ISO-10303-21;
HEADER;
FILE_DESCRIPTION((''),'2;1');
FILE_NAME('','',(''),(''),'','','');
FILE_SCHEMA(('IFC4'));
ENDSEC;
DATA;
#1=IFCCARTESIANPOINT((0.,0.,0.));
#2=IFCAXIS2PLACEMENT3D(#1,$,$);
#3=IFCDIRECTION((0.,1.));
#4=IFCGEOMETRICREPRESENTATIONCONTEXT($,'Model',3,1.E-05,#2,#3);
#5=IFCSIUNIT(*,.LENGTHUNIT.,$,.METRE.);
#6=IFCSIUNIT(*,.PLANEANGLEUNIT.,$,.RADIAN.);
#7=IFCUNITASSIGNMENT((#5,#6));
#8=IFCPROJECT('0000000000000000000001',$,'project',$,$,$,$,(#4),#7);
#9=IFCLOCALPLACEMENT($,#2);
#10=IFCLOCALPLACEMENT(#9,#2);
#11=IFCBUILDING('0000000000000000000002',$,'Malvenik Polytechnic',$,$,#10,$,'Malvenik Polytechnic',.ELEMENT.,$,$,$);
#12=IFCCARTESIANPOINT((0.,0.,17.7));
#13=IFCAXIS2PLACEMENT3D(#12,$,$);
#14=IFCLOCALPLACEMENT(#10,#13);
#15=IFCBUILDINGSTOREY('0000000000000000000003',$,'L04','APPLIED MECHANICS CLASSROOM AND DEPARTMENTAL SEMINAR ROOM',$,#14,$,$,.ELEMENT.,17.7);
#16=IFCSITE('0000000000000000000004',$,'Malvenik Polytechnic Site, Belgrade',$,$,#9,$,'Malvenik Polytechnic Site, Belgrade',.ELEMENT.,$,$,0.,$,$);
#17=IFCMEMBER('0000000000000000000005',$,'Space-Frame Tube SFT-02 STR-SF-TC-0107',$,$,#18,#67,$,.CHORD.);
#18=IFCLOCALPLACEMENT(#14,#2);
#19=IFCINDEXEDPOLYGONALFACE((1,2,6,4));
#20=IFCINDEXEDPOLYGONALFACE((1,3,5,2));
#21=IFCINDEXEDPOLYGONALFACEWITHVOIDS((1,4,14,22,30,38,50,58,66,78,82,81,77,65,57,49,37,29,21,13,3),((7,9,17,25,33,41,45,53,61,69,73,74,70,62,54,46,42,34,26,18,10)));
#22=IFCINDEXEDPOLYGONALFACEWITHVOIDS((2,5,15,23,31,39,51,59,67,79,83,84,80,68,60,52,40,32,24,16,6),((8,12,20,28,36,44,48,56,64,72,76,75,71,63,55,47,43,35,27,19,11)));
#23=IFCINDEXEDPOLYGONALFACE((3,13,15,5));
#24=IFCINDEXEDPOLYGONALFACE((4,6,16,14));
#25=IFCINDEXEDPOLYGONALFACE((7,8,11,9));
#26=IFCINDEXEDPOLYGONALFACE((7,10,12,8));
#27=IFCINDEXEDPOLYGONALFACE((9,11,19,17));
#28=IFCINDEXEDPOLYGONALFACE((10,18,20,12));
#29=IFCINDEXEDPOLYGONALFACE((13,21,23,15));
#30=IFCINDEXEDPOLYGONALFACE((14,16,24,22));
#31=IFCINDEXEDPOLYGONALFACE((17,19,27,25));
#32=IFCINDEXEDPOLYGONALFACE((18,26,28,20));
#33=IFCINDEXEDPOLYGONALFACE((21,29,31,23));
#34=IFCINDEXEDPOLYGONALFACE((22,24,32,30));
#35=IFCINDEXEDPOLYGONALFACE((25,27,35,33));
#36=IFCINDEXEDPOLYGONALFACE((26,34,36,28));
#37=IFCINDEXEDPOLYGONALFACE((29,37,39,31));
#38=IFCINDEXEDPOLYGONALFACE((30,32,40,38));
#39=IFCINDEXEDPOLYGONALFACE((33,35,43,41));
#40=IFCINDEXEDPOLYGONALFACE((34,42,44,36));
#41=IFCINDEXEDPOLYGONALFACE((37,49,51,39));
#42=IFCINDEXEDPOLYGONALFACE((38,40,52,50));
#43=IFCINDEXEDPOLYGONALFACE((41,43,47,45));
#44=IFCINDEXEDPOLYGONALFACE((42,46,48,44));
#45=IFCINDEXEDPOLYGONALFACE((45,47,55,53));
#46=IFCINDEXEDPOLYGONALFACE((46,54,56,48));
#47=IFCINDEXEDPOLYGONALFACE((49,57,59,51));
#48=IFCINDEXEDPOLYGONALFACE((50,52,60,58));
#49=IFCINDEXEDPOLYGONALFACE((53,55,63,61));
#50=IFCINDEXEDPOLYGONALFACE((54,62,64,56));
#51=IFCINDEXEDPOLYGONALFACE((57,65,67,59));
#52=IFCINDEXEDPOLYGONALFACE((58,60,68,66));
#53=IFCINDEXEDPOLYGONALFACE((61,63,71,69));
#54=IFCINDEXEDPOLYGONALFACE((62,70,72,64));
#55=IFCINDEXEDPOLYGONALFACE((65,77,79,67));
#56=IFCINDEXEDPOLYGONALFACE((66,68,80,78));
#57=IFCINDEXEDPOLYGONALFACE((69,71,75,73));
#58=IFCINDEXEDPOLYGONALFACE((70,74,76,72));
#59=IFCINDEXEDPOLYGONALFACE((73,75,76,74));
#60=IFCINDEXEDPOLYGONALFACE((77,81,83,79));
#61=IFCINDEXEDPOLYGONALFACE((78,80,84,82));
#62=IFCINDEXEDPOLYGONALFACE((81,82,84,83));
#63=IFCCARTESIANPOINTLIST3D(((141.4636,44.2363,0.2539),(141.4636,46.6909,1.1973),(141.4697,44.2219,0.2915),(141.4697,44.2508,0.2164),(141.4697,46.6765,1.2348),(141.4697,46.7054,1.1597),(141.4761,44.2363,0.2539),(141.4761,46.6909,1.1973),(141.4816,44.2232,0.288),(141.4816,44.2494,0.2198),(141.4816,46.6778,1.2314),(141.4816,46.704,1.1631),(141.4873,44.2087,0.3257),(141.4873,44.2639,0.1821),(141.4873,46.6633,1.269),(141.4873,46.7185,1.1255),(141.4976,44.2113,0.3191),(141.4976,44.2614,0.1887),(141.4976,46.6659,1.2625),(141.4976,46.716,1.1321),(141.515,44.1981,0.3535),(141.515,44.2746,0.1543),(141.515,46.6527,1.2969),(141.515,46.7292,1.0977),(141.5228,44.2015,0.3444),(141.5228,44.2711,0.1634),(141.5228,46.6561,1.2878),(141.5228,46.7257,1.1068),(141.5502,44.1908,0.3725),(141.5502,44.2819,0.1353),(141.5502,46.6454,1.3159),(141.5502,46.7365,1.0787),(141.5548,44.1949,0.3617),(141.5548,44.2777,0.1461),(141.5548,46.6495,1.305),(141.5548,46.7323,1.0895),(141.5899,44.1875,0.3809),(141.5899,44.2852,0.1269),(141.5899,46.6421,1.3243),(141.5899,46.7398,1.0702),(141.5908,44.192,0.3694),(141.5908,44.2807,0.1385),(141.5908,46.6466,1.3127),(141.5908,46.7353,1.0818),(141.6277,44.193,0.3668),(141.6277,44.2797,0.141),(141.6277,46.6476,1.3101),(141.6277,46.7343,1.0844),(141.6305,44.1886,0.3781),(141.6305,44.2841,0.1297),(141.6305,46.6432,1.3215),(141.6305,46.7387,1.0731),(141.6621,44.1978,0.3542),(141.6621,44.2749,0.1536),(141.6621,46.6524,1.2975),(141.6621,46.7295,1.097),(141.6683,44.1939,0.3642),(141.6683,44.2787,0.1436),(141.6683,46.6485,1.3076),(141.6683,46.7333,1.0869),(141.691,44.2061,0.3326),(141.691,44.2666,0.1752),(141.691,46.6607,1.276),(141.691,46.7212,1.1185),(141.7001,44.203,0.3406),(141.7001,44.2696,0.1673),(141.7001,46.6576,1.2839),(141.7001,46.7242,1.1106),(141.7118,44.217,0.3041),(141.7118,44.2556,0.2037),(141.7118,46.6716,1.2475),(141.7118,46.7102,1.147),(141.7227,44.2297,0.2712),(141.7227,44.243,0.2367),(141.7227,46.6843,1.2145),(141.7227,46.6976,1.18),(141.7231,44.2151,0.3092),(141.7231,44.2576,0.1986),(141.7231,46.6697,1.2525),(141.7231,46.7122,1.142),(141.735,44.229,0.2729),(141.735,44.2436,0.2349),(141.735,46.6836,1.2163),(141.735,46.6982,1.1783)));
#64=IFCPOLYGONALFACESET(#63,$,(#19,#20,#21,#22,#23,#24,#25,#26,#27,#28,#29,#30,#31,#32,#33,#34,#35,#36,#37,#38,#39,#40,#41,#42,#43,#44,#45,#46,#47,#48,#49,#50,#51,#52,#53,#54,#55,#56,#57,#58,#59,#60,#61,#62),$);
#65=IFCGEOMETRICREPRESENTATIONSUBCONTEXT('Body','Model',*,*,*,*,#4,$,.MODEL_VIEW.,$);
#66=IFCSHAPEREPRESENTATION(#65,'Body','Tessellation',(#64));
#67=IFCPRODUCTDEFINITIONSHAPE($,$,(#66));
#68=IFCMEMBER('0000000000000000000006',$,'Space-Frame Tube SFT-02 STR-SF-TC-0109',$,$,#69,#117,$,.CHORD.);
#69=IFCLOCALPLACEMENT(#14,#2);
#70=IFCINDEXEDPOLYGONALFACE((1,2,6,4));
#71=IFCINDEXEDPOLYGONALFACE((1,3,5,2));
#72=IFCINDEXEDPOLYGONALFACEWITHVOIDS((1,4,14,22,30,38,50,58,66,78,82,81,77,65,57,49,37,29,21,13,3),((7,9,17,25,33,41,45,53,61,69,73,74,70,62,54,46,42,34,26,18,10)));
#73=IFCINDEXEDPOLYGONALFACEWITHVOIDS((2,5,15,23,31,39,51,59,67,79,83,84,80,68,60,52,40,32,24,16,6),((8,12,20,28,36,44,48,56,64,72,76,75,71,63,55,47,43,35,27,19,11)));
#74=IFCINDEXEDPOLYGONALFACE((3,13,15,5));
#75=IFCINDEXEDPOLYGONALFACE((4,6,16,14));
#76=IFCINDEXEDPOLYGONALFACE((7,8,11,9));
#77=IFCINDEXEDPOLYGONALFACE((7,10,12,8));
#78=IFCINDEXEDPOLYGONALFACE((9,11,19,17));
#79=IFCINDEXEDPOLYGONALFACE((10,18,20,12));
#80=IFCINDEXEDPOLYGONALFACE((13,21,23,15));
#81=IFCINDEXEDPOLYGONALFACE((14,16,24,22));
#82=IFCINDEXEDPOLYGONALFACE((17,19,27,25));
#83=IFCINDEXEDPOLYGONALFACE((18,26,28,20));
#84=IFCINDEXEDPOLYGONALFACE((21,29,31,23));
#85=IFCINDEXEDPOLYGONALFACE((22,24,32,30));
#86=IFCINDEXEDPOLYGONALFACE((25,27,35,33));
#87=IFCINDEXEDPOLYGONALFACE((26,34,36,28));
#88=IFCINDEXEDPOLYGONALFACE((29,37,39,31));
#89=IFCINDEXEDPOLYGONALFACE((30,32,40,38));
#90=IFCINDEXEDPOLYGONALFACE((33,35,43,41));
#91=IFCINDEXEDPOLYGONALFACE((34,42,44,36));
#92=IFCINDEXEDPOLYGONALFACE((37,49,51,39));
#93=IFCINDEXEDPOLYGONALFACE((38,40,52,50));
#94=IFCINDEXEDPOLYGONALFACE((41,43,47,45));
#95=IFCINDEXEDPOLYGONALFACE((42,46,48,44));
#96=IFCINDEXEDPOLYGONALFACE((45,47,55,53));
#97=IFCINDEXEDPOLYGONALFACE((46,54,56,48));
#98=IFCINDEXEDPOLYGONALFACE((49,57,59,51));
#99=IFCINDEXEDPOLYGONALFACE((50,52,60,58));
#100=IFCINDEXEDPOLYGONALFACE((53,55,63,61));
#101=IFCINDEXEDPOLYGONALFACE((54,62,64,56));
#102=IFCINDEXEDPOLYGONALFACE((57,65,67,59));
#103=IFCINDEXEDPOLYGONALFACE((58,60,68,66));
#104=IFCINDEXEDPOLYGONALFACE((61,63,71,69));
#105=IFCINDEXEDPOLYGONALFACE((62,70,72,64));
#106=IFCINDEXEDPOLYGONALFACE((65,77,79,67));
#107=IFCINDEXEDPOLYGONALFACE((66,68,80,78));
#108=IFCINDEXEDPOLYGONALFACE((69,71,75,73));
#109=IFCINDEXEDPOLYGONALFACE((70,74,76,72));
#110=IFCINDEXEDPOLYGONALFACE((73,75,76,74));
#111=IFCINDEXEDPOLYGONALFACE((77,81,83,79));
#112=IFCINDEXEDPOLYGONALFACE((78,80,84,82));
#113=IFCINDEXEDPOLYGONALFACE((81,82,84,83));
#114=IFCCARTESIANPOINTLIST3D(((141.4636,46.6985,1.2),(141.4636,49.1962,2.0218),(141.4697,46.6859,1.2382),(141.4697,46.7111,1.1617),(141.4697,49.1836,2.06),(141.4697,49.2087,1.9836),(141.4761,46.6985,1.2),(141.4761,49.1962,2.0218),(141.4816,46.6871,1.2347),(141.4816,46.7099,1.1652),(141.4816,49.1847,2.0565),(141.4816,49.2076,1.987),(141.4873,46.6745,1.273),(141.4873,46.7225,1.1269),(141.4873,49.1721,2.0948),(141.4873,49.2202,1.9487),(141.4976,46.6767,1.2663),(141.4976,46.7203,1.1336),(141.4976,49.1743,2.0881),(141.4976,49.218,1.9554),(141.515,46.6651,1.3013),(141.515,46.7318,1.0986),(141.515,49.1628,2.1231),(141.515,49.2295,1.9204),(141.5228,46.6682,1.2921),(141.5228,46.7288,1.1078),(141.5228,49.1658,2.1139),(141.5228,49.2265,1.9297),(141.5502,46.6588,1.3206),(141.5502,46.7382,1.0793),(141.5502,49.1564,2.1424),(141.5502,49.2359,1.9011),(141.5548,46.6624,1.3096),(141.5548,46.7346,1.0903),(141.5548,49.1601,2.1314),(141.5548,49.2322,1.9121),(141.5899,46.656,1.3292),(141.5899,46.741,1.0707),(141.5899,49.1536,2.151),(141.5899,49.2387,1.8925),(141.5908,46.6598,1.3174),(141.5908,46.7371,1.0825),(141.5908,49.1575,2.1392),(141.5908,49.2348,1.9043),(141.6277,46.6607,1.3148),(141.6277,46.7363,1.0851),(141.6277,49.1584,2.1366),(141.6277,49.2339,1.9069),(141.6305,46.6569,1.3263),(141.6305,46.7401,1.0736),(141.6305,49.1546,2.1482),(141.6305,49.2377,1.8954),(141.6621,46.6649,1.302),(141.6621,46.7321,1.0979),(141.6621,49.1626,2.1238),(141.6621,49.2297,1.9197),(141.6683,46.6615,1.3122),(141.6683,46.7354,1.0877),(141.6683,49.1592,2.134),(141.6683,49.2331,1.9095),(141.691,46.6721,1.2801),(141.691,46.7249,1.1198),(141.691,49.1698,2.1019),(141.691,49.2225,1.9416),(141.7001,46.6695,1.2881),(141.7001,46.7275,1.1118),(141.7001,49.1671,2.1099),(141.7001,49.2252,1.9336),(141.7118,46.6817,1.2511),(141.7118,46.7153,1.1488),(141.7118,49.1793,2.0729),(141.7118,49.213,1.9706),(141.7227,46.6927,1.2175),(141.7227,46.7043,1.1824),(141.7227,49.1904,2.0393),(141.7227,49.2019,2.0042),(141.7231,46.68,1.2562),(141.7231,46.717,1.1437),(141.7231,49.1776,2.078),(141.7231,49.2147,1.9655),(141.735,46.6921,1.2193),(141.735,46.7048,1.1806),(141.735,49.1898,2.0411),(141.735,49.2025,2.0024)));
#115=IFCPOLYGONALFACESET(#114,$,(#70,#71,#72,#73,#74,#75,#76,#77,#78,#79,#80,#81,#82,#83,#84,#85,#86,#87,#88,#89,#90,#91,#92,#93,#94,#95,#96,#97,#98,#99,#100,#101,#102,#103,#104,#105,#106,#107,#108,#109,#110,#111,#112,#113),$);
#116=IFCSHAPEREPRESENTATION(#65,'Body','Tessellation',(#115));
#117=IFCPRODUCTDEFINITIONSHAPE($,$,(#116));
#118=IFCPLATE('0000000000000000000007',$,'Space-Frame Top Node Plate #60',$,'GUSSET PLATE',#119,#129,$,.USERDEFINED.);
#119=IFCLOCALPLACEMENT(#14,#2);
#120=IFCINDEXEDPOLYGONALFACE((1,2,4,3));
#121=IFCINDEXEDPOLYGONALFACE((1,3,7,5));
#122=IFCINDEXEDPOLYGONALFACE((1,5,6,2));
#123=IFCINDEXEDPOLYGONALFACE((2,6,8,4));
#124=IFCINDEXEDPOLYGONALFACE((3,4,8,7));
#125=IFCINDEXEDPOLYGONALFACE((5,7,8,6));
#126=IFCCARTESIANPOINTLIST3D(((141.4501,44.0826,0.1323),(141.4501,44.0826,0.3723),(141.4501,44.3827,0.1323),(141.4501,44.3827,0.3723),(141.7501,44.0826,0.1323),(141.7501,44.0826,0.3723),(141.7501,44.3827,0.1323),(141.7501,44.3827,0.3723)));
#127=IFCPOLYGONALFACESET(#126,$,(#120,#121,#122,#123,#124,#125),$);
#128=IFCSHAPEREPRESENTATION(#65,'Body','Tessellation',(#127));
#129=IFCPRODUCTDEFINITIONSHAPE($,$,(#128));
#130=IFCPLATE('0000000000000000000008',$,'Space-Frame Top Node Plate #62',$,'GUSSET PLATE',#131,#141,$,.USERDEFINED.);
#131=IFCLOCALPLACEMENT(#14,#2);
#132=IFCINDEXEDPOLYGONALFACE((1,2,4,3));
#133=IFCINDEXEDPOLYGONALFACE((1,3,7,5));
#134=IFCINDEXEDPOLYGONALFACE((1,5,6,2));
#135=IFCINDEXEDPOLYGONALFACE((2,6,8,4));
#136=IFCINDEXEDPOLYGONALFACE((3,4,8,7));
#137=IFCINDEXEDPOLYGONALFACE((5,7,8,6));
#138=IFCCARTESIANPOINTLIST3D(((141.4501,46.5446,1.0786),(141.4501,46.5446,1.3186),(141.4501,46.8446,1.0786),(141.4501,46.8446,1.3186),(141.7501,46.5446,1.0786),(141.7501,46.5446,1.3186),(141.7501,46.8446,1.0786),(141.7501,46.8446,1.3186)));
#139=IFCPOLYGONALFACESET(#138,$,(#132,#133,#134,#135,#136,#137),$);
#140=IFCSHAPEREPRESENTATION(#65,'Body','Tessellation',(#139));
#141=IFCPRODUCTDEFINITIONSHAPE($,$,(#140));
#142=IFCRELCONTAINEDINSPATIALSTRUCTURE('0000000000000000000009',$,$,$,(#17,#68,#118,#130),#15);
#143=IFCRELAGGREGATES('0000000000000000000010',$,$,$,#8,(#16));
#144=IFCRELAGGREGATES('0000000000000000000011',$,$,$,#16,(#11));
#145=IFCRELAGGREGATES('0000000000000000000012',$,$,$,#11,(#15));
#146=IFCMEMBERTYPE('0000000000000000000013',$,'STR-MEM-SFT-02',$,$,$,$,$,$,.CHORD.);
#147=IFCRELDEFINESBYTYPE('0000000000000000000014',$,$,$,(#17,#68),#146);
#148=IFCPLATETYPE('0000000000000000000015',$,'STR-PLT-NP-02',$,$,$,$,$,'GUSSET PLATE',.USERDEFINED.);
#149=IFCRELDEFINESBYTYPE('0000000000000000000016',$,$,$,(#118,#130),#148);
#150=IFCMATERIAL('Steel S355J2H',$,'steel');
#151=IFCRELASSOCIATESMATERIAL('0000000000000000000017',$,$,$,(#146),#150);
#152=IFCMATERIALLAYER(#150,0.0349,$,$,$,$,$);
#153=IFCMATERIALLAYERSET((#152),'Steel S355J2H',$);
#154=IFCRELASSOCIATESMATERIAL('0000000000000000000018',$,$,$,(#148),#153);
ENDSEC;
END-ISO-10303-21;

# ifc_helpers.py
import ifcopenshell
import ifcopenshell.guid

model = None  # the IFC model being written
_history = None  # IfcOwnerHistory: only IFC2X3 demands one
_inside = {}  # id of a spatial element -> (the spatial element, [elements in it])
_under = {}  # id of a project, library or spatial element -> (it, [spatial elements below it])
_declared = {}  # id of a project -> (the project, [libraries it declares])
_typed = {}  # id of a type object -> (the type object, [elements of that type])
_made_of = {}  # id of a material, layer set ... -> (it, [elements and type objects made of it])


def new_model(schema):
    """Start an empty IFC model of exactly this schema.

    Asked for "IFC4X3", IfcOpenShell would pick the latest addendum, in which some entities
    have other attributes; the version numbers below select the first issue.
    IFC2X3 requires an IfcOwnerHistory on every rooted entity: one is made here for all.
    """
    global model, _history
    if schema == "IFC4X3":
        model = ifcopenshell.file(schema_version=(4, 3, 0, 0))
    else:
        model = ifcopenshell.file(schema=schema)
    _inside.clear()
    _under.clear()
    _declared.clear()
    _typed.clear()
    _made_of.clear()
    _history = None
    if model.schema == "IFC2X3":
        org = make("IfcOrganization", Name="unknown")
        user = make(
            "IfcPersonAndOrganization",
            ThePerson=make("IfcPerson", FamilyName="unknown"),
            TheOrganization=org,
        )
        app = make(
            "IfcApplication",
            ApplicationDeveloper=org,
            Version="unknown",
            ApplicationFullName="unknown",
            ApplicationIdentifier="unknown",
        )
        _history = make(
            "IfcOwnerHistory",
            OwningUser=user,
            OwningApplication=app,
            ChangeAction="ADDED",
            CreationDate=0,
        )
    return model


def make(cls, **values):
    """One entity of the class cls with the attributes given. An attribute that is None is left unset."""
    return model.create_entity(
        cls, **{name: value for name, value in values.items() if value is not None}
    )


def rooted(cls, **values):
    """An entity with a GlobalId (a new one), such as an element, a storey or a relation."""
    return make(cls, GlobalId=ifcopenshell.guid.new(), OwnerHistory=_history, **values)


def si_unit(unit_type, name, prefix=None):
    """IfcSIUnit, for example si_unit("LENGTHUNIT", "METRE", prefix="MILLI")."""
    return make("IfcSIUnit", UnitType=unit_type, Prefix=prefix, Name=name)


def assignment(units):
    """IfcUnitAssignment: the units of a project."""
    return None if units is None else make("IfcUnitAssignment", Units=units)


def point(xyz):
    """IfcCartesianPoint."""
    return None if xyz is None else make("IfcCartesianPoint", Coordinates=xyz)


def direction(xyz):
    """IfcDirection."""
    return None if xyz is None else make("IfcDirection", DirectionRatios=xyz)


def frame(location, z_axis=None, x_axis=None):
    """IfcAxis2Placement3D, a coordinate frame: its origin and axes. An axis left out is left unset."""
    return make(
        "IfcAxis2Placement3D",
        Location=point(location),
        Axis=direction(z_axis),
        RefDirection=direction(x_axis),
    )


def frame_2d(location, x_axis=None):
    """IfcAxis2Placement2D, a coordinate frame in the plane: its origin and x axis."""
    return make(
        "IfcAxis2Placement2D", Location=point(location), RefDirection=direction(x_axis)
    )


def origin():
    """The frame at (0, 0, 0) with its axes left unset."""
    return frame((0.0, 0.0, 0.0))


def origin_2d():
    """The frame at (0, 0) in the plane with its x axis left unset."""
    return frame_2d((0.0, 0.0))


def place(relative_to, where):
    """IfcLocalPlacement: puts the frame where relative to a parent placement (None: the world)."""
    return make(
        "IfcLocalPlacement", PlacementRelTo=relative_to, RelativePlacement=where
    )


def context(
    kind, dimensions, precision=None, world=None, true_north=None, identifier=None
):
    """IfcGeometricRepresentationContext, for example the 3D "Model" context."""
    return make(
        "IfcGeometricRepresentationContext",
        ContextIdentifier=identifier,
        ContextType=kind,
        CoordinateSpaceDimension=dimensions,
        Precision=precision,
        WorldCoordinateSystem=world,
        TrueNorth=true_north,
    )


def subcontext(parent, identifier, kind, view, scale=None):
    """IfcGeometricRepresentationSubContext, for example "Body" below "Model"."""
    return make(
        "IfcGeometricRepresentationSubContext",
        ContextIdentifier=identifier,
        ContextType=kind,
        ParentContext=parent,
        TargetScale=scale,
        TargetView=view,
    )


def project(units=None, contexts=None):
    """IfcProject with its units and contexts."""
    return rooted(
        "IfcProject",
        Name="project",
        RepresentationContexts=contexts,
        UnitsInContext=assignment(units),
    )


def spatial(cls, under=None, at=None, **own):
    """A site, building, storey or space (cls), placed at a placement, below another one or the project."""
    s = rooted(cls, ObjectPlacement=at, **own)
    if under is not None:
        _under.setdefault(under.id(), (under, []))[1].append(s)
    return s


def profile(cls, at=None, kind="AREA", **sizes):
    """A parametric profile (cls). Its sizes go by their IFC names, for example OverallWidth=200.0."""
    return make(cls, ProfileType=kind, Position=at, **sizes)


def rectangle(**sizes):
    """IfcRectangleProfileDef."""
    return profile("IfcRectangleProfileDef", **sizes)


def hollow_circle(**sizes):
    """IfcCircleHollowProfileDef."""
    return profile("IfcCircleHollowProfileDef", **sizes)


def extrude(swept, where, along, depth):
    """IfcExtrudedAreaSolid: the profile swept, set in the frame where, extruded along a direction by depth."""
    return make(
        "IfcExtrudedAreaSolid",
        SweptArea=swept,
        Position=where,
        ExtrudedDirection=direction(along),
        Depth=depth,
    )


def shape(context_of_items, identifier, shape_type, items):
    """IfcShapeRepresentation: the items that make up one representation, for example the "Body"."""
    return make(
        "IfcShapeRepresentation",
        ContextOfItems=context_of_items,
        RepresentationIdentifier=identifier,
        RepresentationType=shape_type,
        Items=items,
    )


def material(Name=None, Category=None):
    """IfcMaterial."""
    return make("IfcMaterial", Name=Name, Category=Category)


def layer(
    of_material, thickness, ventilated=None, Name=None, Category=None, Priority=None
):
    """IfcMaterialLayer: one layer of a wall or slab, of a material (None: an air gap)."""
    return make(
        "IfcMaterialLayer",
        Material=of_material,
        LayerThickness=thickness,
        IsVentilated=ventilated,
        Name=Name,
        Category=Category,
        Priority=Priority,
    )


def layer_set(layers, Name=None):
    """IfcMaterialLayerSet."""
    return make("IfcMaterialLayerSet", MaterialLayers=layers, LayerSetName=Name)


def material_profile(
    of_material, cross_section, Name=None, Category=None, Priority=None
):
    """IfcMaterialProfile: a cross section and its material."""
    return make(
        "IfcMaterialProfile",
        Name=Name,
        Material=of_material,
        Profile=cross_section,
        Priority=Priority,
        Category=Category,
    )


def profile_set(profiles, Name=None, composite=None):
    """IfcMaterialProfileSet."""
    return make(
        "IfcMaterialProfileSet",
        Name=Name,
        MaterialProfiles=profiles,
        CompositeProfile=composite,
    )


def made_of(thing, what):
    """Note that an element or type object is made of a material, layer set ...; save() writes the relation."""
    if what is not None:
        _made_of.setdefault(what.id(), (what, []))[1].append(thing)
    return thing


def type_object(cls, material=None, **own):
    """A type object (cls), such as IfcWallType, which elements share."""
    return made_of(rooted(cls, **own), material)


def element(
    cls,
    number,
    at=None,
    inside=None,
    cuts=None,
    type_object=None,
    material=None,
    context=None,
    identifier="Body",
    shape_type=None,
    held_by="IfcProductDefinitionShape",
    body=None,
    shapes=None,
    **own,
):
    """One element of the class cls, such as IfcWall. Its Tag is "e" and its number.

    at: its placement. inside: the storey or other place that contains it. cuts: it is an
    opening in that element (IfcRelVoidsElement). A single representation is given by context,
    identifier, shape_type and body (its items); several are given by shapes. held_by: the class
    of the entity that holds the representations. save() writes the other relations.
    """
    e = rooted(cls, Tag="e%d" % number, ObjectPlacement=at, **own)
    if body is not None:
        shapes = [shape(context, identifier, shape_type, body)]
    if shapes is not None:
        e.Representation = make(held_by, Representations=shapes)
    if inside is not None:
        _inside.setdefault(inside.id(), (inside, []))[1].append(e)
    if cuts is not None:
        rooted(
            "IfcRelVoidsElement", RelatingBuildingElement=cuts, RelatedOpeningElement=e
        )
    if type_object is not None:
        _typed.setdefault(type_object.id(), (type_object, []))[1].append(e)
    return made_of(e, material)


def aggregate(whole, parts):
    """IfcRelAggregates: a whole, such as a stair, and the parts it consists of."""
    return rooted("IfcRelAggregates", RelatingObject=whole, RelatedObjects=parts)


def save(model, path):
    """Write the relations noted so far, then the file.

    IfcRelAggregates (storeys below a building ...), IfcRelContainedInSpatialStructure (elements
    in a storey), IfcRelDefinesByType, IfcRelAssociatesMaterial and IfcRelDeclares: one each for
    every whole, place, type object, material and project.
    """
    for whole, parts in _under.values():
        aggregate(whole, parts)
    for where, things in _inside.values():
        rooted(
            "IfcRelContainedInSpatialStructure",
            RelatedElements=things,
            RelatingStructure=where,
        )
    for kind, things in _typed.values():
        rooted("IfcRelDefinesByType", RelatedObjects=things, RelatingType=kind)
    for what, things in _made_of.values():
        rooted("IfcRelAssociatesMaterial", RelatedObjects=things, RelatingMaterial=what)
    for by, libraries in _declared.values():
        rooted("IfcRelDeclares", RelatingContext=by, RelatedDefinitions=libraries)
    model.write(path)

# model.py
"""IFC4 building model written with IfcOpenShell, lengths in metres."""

from ifc_helpers import new_model, si_unit, direction, frame, origin, origin_2d, place, context, subcontext, project, spatial, rectangle, hollow_circle, extrude, material, layer, layer_set, material_profile, profile_set, type_object, element, save


model = new_model("IFC4")

# Units and contexts
model_context = context("Model", 3, precision=1e-05, world=origin(), true_north=direction((0.0, 1.0)))
body_context = subcontext(model_context, "Body", "Model", "MODEL_VIEW")
ifc_project = project(units=[si_unit("LENGTHUNIT", "METRE"), si_unit("PLANEANGLEUNIT", "RADIAN")], contexts=[model_context])

# Site, building, storey
site_placement = place(None, origin())
site = spatial("IfcSite", under=ifc_project, at=site_placement, Name="Malvenik Polytechnic Site, Belgrade", LongName="Malvenik Polytechnic Site, Belgrade", CompositionType="ELEMENT", RefElevation=0.0)
building_placement = place(site_placement, origin())
building = spatial("IfcBuilding", under=site, at=building_placement, Name="Malvenik Polytechnic", LongName="Malvenik Polytechnic", CompositionType="ELEMENT")
storey_placement = place(building_placement, frame((0.0, 0.0, 17.7)))
storey = spatial("IfcBuildingStorey", under=building, at=storey_placement, Name="L04", Description="APPLIED MECHANICS CLASSROOM AND DEPARTMENTAL SEMINAR ROOM", CompositionType="ELEMENT", Elevation=17.7)

# Members
ifc_material = material(Name="Steel S355J2H", Category="steel")
ifc_material_profile_1 = material_profile(ifc_material, hollow_circle(Radius=0.1365, WallThickness=0.0125, at=origin_2d()), Name="CHS 273.0x12.5")
ifc_profile_set_1 = profile_set([ifc_material_profile_1], Name="Steel S355J2H")
member_type_1 = type_object("IfcMemberType", Name="STR-MEM-SFT-02", PredefinedType="CHORD", material=ifc_profile_set_1)
member_1_placement = place(storey_placement, frame((141.6001, 44.2363, 0.2539), z_axis=(0.0, 0.933437, 0.358743), x_axis=(-1.0, 0.0, 0.0)))
element("IfcMember", 1, at=member_1_placement, inside=storey, type_object=member_type_1, Name="Space-Frame Tube SFT-02 STR-SF-TC-0107", PredefinedType="CHORD", context=body_context, shape_type="SweptSolid", body=[
    extrude(hollow_circle(Radius=0.1365, WallThickness=0.0125, at=origin_2d()), origin(), (0.0, 0.0, 1.0), 2.6296),
])
member_2_placement = place(storey_placement, frame((141.6001, 46.6985, 1.2), z_axis=(0.0, 0.949902, 0.312548), x_axis=(-1.0, 0.0, 0.0)))
element("IfcMember", 2, at=member_2_placement, inside=storey, type_object=member_type_1, Name="Space-Frame Tube SFT-02 STR-SF-TC-0109", PredefinedType="CHORD", context=body_context, shape_type="SweptSolid", body=[
    extrude(hollow_circle(Radius=0.1365, WallThickness=0.0125, at=origin_2d()), origin(), (0.0, 0.0, 1.0), 2.6294),
])

# Plates
ifc_layer = layer(ifc_material, 0.0349)
ifc_layer_set = layer_set([ifc_layer], Name="Steel S355J2H")
plate_type = type_object("IfcPlateType", Name="STR-PLT-NP-02", ElementType="GUSSET PLATE", PredefinedType="USERDEFINED", material=ifc_layer_set)
for number, where, z_axis, x_axis, name in (
    (3, (141.6001, 44.2327, 0.1323), (0.0, 0.0, 1.0), (1.0, 0.0, 0.0), "Space-Frame Top Node Plate #60"),
    (4, (141.6001, 46.6946, 1.0786), (0.0, 0.0, 1.0), (1.0, 0.0, 0.0), "Space-Frame Top Node Plate #62"),
):
    element("IfcPlate", number, at=place(storey_placement, frame(where, z_axis=z_axis, x_axis=x_axis)), inside=storey, type_object=plate_type, Name=name, ObjectType="GUSSET PLATE", PredefinedType="USERDEFINED", context=body_context, shape_type="SweptSolid", body=[
        extrude(rectangle(XDim=0.3, YDim=0.3, at=origin_2d()), origin(), (0.0, 0.0, 1.0), 0.24),
    ])

save(model, "model.ifc")
